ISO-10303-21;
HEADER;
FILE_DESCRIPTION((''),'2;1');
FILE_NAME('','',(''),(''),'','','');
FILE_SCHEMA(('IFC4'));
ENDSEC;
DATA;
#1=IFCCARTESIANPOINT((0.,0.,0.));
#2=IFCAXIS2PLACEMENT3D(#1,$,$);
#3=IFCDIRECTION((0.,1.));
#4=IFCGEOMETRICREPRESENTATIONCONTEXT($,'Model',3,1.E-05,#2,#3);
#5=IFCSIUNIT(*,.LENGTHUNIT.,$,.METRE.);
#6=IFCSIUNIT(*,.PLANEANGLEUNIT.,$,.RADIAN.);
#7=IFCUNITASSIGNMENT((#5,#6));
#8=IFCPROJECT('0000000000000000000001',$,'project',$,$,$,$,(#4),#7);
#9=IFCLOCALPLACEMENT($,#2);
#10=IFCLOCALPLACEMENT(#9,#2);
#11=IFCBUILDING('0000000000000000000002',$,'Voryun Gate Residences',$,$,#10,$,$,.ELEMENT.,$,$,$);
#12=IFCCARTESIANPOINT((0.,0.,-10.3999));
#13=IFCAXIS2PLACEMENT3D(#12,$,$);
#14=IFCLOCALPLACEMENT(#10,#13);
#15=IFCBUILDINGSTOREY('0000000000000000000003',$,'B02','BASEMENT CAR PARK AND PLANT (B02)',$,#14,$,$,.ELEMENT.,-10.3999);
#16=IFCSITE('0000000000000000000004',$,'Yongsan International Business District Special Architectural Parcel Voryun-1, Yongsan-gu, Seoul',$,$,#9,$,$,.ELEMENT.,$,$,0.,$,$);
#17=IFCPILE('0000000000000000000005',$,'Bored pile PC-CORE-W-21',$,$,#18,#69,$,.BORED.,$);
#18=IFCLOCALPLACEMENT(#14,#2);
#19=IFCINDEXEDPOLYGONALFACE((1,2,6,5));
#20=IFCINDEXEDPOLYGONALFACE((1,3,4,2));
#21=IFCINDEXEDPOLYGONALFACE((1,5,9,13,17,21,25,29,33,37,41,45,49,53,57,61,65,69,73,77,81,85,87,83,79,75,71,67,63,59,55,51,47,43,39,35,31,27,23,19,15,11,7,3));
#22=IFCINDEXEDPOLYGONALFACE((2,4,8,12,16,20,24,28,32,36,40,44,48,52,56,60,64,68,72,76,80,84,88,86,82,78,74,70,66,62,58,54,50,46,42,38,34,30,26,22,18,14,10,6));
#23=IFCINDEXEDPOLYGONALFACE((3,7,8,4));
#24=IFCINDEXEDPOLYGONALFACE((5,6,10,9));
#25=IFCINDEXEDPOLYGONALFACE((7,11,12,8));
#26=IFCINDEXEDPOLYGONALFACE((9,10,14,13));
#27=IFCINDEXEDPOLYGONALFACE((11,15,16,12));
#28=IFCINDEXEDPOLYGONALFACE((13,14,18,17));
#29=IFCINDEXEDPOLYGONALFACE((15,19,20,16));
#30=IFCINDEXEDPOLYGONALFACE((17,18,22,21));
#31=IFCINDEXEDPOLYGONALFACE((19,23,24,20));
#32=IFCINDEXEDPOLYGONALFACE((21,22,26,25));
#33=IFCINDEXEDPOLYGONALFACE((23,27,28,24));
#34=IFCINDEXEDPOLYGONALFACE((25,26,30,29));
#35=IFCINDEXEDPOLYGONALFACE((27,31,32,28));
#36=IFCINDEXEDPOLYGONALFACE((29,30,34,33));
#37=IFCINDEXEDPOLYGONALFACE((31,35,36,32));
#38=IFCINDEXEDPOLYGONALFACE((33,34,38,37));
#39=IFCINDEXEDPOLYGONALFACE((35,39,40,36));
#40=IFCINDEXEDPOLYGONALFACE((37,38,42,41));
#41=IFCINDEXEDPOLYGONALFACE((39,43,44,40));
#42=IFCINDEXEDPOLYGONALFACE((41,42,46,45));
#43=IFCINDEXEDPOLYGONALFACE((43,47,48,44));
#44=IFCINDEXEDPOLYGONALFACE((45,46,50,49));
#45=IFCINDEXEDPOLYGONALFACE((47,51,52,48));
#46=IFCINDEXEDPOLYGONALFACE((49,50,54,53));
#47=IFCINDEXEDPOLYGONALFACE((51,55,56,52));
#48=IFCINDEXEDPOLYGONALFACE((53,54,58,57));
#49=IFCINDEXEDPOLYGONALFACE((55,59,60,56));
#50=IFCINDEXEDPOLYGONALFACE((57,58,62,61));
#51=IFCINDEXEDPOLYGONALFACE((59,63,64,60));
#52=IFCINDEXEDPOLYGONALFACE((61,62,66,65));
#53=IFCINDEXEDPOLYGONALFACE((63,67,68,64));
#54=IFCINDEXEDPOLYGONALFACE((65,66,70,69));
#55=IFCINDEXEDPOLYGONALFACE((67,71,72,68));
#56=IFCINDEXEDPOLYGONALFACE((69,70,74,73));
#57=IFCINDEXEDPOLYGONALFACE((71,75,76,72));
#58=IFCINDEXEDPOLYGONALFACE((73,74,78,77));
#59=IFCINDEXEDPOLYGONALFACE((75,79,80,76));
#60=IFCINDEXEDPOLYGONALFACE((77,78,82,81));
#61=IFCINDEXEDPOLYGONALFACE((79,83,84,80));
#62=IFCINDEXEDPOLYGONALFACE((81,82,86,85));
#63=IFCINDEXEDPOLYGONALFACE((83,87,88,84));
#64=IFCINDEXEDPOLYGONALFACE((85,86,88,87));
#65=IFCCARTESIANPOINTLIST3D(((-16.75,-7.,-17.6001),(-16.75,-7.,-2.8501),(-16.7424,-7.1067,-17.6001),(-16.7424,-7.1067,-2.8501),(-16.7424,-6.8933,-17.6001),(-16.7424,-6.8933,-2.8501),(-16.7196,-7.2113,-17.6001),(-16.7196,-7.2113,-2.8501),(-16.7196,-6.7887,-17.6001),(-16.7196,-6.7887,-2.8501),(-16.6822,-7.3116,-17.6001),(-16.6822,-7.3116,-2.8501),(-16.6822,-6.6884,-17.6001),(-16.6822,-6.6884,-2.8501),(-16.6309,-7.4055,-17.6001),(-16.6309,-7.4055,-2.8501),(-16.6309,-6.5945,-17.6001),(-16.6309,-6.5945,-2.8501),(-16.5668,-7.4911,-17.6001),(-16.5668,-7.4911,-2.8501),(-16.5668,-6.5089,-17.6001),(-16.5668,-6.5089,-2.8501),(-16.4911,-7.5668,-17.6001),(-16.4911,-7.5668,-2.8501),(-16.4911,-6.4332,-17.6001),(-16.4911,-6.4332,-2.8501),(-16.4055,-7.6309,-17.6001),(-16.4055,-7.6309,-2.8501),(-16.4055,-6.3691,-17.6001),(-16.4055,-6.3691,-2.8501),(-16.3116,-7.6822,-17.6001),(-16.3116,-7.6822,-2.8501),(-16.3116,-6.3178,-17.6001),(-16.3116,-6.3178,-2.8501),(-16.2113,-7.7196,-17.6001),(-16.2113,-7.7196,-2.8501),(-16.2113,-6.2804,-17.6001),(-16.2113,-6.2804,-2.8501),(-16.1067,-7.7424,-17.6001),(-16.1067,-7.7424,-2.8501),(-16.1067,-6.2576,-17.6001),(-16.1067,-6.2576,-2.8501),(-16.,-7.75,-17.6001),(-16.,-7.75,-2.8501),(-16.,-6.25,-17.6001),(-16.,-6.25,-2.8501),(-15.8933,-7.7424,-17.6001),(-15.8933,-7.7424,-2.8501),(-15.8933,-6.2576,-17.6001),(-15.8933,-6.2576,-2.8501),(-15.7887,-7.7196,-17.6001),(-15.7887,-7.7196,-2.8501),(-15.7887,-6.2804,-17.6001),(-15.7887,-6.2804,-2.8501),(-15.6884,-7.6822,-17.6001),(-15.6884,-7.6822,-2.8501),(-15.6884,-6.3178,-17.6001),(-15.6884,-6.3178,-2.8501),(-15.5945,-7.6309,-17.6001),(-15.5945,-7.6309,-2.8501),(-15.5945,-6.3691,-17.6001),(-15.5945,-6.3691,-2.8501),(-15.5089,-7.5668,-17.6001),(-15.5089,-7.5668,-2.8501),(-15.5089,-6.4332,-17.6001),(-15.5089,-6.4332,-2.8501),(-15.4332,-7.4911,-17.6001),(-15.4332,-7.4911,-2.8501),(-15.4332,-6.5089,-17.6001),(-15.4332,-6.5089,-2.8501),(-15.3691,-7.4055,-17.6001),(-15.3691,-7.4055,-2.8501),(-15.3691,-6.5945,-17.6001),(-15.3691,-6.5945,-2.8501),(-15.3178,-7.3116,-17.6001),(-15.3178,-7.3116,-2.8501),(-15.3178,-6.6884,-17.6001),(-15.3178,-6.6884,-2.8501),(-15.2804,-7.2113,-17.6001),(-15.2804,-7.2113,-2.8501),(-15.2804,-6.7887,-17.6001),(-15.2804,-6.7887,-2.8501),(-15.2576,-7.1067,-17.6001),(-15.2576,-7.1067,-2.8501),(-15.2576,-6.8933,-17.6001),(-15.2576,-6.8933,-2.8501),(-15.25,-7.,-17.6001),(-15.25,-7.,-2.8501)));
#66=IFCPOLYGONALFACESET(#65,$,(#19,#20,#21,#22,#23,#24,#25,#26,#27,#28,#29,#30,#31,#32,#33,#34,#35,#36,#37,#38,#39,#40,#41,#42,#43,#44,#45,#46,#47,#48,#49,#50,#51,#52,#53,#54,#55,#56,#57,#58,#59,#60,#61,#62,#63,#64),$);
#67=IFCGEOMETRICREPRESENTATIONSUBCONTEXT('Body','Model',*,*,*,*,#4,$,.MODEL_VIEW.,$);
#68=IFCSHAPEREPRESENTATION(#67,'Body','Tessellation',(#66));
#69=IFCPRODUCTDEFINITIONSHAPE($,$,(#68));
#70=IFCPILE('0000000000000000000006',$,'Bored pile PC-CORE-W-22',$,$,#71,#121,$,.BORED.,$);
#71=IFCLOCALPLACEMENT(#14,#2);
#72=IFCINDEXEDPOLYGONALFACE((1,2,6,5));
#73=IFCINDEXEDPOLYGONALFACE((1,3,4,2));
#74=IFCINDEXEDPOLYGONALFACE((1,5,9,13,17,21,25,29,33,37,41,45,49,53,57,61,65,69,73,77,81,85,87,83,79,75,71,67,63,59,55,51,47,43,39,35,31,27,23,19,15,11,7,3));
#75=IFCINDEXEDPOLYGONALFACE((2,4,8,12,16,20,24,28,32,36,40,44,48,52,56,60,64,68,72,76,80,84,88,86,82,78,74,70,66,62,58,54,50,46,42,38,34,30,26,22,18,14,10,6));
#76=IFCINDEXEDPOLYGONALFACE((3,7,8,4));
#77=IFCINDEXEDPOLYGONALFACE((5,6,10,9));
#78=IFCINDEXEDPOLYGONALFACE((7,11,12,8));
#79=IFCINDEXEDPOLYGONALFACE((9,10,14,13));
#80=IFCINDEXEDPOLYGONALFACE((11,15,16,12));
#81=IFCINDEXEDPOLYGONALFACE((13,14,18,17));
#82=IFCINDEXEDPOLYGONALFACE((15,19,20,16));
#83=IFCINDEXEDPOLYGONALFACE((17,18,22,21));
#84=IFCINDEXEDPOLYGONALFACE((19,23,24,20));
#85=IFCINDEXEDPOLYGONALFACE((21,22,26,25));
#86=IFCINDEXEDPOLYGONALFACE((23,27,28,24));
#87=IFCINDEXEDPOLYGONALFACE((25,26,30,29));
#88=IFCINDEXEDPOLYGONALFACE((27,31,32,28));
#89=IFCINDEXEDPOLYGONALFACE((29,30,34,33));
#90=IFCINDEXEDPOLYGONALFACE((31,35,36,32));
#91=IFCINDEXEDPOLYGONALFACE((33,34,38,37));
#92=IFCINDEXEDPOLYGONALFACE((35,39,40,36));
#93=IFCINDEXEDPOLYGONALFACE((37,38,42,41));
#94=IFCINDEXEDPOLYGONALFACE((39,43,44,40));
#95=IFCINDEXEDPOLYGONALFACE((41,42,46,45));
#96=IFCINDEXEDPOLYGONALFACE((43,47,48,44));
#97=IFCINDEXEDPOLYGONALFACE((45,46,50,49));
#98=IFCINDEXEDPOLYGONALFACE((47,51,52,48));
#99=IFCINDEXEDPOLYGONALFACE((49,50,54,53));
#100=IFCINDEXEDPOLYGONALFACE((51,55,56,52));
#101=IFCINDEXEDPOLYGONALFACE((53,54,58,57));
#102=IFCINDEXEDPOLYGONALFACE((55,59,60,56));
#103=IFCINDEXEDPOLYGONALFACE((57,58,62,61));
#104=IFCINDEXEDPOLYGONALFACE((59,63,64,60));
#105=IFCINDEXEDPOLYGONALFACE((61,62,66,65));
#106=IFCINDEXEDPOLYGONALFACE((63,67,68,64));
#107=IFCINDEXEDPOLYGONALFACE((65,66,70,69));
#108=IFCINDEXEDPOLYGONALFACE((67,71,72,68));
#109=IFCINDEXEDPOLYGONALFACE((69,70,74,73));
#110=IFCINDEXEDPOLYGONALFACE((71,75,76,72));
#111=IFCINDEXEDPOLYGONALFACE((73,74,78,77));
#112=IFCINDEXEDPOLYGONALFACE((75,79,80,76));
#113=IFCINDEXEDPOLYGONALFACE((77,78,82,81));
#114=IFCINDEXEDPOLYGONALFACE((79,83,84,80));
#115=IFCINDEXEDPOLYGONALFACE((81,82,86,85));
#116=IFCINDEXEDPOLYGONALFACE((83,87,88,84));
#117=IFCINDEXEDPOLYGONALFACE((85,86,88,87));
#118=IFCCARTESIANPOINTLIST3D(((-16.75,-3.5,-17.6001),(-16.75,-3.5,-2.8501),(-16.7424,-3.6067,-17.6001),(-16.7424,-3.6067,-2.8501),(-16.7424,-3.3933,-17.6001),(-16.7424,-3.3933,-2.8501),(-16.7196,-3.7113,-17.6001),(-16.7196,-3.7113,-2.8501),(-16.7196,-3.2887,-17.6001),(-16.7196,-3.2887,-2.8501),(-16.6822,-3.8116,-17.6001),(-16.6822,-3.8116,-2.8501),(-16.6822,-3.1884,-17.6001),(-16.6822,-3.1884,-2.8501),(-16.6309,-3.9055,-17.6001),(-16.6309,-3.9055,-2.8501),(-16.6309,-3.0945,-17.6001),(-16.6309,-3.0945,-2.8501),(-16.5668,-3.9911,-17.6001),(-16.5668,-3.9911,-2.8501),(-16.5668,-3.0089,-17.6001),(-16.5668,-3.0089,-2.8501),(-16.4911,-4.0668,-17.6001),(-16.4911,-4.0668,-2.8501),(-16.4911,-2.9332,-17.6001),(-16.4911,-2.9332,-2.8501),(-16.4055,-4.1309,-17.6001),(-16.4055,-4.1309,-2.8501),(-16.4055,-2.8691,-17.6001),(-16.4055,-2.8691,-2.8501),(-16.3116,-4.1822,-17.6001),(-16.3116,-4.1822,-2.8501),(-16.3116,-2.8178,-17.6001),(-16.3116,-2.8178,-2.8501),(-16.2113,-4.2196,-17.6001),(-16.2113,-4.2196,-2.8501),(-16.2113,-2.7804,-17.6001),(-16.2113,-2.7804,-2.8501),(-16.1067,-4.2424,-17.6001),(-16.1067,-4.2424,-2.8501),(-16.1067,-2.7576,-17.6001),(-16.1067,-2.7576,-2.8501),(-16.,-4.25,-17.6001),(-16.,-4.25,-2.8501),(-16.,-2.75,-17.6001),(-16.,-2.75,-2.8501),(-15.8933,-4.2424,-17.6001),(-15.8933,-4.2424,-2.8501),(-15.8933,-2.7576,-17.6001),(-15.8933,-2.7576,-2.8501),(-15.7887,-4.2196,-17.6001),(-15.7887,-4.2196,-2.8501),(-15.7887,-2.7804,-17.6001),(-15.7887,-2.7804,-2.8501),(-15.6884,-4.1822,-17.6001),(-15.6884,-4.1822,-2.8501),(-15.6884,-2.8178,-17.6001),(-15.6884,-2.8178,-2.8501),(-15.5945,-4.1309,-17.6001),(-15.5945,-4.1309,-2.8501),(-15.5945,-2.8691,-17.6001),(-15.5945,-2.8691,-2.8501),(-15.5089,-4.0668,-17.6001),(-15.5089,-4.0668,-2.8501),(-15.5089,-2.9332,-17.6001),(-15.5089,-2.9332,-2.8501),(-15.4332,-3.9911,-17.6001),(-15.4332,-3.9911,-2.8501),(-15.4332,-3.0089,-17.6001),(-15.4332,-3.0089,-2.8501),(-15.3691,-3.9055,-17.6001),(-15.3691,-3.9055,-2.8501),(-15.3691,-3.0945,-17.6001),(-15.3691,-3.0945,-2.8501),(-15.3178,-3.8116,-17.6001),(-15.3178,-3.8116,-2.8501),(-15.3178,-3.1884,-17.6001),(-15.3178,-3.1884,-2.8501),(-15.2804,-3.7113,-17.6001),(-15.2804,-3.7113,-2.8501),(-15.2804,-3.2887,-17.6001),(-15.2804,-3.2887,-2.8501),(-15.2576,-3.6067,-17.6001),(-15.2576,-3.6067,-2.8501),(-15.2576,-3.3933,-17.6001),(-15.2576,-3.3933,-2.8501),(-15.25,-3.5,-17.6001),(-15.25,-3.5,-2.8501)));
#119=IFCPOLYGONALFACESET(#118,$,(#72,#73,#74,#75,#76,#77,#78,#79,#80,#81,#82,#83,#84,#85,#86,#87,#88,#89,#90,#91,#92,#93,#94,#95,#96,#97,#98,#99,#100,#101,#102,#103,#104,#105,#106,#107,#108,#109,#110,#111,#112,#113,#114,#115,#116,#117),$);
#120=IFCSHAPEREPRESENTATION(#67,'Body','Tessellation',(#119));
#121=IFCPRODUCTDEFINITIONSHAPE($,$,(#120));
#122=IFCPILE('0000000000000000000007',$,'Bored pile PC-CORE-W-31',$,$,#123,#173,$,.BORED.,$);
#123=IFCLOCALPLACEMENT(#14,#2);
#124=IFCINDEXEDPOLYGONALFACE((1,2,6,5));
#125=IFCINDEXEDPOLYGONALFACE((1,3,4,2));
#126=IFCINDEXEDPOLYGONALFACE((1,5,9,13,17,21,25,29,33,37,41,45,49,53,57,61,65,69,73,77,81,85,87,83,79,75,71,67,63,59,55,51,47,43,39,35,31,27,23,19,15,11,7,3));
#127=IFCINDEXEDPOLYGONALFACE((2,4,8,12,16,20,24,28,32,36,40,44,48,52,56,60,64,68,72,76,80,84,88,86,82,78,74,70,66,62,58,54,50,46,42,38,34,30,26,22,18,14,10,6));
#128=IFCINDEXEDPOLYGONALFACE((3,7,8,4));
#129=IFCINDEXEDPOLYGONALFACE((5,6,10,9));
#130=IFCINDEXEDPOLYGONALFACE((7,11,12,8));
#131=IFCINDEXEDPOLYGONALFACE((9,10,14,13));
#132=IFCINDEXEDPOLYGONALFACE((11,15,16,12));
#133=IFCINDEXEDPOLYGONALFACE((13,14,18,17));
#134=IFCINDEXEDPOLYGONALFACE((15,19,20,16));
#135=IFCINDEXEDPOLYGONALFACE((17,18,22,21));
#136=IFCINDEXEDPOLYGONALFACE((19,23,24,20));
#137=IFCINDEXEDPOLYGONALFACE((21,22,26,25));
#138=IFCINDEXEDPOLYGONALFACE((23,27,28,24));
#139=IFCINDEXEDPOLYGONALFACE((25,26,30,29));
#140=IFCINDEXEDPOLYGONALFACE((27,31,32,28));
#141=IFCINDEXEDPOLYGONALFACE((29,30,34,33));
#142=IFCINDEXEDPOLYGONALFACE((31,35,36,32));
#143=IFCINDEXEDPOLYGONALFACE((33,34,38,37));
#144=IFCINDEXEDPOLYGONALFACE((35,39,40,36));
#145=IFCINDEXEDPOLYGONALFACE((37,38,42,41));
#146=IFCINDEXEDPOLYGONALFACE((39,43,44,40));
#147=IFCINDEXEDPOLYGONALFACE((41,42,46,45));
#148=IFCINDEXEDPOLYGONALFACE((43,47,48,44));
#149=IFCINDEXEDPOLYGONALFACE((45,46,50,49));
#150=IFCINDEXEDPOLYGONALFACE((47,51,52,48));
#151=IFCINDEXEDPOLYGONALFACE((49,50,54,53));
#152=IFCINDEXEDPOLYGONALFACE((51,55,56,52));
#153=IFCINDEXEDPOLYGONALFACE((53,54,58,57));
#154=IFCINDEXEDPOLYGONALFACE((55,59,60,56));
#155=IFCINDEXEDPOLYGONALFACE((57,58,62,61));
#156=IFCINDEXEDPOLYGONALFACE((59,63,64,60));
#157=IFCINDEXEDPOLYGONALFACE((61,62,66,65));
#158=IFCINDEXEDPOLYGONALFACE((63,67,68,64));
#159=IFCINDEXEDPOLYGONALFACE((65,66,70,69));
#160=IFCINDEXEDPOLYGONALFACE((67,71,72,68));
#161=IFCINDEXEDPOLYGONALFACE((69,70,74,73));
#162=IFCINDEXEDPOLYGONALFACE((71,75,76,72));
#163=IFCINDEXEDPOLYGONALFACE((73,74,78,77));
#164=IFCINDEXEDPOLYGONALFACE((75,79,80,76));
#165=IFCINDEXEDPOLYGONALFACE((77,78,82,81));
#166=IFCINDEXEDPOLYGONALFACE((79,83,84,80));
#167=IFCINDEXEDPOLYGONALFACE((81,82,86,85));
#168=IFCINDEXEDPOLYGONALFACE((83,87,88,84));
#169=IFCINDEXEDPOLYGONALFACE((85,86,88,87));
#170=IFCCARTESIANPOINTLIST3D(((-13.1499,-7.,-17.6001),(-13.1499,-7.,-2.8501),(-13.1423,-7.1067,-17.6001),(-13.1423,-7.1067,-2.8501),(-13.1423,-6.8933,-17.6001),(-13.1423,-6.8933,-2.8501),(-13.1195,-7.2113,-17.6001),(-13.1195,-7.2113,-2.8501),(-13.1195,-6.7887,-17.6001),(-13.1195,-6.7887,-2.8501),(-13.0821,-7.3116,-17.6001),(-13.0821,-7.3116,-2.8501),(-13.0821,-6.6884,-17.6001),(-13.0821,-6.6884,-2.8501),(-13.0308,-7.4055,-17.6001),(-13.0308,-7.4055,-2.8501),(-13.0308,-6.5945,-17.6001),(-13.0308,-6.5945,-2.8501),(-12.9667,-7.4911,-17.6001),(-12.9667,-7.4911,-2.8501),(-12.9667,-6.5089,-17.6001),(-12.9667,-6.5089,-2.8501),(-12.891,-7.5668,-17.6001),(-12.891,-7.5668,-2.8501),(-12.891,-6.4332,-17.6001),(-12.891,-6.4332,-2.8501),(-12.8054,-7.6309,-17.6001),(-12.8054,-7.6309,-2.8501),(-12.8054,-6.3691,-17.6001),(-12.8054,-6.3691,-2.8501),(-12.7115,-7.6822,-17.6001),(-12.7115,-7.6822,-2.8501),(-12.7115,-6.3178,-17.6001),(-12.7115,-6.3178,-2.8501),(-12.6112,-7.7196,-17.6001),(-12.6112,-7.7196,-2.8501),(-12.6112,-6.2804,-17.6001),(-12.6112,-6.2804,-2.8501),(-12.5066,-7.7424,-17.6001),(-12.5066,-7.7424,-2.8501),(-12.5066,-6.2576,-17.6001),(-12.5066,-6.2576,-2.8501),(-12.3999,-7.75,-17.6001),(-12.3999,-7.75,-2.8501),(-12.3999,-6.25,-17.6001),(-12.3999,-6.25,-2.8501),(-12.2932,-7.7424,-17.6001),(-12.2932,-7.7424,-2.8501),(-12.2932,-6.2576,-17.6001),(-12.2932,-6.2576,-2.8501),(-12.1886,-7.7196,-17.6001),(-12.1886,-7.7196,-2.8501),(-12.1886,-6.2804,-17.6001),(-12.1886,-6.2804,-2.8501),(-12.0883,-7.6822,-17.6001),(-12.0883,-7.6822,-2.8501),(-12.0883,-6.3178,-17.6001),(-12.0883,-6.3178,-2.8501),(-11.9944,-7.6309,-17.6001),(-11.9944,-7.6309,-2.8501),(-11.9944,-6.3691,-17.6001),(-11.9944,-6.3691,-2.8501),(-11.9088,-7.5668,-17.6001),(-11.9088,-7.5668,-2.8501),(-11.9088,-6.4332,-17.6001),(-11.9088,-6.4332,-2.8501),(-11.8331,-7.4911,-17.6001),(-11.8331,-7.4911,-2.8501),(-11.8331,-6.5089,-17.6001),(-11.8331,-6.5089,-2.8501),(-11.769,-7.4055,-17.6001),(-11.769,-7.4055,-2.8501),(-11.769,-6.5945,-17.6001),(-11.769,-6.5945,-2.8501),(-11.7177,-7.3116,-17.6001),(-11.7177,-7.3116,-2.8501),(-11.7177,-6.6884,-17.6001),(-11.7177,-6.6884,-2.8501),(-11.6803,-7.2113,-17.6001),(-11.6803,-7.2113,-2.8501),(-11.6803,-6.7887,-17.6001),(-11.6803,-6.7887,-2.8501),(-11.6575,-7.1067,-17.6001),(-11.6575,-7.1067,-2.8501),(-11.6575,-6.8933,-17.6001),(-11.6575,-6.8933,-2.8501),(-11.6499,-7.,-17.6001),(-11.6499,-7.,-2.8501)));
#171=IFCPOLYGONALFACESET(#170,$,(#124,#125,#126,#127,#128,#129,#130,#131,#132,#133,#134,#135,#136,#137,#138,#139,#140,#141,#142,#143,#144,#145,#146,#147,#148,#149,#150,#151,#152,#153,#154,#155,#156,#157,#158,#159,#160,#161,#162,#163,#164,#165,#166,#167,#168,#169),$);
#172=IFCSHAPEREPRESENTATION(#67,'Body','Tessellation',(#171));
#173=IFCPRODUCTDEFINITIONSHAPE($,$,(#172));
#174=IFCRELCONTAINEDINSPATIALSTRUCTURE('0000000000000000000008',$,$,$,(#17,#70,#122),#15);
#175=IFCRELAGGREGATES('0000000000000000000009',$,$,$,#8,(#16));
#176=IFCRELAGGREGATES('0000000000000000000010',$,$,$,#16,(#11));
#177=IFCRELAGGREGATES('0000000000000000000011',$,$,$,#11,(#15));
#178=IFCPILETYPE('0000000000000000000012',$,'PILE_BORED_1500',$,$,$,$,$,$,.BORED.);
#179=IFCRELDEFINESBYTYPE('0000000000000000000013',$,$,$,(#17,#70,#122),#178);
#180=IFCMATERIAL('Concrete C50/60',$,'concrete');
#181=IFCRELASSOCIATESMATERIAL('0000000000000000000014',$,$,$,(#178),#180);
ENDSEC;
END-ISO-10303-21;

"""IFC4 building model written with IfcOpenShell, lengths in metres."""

from ifc_helpers import new_model, si_unit, direction, frame, origin, origin_2d, place, context, subcontext, project, spatial, circle, extrude, material, material_profile, profile_set, type_object, element, save


model = new_model("IFC4")

# Units and contexts
model_context = context("Model", 3, precision=1e-05, world=origin(), true_north=direction((0.0, 1.0)))
body_context = subcontext(model_context, "Body", "Model", "MODEL_VIEW")
ifc_project = project(units=[si_unit("LENGTHUNIT", "METRE"), si_unit("PLANEANGLEUNIT", "RADIAN")], contexts=[model_context])

# Site, building, storey
site_placement = place(None, origin())
site = spatial("IfcSite", under=ifc_project, at=site_placement, Name="Yongsan International Business District Special Architectural Parcel Voryun-1, Yongsan-gu, Seoul", CompositionType="ELEMENT", RefElevation=0.0)
building_placement = place(site_placement, origin())
building = spatial("IfcBuilding", under=site, at=building_placement, Name="Voryun Gate Residences", CompositionType="ELEMENT")
storey_placement = place(building_placement, frame((0.0, 0.0, -10.3999)))
storey = spatial("IfcBuildingStorey", under=building, at=storey_placement, Name="B02", Description="BASEMENT CAR PARK AND PLANT (B02)", CompositionType="ELEMENT", Elevation=-10.3999)

# Piles
ifc_material_1 = material(Name="Concrete C50/60", Category="concrete")
ifc_material_profile_1 = material_profile(ifc_material_1, circle(Radius=0.75, at=origin_2d()), Name="PILE-D1500")
ifc_profile_set_1 = profile_set([ifc_material_profile_1], Name="Concrete C50/60")
pile_type = type_object("IfcPileType", Name="PILE_BORED_1500", PredefinedType="BORED", material=ifc_profile_set_1)
for number, where, z_axis, x_axis, name in (
    (1, (-16.0, -7.0, -2.8501), (0.0, 0.0, -1.0), (1.0, 0.0, 0.0), "Bored pile PC-CORE-W-21"),
    (2, (-16.0, -3.5, -2.8501), (0.0, 0.0, -1.0), (1.0, 0.0, 0.0), "Bored pile PC-CORE-W-22"),
    (3, (-12.3999, -7.0, -2.8501), (0.0, 0.0, -1.0), (1.0, 0.0, 0.0), "Bored pile PC-CORE-W-31"),
):
    element("IfcPile", number, at=place(storey_placement, frame(where, z_axis=z_axis, x_axis=x_axis)), inside=storey, type_object=pile_type, Name=name, PredefinedType="BORED", context=body_context, shape_type="SweptSolid", body=[
        extrude(circle(Radius=0.75, at=origin_2d()), origin(), (0.0, 0.0, 1.0), 14.75),
    ])

save(model, "model.ifc")
